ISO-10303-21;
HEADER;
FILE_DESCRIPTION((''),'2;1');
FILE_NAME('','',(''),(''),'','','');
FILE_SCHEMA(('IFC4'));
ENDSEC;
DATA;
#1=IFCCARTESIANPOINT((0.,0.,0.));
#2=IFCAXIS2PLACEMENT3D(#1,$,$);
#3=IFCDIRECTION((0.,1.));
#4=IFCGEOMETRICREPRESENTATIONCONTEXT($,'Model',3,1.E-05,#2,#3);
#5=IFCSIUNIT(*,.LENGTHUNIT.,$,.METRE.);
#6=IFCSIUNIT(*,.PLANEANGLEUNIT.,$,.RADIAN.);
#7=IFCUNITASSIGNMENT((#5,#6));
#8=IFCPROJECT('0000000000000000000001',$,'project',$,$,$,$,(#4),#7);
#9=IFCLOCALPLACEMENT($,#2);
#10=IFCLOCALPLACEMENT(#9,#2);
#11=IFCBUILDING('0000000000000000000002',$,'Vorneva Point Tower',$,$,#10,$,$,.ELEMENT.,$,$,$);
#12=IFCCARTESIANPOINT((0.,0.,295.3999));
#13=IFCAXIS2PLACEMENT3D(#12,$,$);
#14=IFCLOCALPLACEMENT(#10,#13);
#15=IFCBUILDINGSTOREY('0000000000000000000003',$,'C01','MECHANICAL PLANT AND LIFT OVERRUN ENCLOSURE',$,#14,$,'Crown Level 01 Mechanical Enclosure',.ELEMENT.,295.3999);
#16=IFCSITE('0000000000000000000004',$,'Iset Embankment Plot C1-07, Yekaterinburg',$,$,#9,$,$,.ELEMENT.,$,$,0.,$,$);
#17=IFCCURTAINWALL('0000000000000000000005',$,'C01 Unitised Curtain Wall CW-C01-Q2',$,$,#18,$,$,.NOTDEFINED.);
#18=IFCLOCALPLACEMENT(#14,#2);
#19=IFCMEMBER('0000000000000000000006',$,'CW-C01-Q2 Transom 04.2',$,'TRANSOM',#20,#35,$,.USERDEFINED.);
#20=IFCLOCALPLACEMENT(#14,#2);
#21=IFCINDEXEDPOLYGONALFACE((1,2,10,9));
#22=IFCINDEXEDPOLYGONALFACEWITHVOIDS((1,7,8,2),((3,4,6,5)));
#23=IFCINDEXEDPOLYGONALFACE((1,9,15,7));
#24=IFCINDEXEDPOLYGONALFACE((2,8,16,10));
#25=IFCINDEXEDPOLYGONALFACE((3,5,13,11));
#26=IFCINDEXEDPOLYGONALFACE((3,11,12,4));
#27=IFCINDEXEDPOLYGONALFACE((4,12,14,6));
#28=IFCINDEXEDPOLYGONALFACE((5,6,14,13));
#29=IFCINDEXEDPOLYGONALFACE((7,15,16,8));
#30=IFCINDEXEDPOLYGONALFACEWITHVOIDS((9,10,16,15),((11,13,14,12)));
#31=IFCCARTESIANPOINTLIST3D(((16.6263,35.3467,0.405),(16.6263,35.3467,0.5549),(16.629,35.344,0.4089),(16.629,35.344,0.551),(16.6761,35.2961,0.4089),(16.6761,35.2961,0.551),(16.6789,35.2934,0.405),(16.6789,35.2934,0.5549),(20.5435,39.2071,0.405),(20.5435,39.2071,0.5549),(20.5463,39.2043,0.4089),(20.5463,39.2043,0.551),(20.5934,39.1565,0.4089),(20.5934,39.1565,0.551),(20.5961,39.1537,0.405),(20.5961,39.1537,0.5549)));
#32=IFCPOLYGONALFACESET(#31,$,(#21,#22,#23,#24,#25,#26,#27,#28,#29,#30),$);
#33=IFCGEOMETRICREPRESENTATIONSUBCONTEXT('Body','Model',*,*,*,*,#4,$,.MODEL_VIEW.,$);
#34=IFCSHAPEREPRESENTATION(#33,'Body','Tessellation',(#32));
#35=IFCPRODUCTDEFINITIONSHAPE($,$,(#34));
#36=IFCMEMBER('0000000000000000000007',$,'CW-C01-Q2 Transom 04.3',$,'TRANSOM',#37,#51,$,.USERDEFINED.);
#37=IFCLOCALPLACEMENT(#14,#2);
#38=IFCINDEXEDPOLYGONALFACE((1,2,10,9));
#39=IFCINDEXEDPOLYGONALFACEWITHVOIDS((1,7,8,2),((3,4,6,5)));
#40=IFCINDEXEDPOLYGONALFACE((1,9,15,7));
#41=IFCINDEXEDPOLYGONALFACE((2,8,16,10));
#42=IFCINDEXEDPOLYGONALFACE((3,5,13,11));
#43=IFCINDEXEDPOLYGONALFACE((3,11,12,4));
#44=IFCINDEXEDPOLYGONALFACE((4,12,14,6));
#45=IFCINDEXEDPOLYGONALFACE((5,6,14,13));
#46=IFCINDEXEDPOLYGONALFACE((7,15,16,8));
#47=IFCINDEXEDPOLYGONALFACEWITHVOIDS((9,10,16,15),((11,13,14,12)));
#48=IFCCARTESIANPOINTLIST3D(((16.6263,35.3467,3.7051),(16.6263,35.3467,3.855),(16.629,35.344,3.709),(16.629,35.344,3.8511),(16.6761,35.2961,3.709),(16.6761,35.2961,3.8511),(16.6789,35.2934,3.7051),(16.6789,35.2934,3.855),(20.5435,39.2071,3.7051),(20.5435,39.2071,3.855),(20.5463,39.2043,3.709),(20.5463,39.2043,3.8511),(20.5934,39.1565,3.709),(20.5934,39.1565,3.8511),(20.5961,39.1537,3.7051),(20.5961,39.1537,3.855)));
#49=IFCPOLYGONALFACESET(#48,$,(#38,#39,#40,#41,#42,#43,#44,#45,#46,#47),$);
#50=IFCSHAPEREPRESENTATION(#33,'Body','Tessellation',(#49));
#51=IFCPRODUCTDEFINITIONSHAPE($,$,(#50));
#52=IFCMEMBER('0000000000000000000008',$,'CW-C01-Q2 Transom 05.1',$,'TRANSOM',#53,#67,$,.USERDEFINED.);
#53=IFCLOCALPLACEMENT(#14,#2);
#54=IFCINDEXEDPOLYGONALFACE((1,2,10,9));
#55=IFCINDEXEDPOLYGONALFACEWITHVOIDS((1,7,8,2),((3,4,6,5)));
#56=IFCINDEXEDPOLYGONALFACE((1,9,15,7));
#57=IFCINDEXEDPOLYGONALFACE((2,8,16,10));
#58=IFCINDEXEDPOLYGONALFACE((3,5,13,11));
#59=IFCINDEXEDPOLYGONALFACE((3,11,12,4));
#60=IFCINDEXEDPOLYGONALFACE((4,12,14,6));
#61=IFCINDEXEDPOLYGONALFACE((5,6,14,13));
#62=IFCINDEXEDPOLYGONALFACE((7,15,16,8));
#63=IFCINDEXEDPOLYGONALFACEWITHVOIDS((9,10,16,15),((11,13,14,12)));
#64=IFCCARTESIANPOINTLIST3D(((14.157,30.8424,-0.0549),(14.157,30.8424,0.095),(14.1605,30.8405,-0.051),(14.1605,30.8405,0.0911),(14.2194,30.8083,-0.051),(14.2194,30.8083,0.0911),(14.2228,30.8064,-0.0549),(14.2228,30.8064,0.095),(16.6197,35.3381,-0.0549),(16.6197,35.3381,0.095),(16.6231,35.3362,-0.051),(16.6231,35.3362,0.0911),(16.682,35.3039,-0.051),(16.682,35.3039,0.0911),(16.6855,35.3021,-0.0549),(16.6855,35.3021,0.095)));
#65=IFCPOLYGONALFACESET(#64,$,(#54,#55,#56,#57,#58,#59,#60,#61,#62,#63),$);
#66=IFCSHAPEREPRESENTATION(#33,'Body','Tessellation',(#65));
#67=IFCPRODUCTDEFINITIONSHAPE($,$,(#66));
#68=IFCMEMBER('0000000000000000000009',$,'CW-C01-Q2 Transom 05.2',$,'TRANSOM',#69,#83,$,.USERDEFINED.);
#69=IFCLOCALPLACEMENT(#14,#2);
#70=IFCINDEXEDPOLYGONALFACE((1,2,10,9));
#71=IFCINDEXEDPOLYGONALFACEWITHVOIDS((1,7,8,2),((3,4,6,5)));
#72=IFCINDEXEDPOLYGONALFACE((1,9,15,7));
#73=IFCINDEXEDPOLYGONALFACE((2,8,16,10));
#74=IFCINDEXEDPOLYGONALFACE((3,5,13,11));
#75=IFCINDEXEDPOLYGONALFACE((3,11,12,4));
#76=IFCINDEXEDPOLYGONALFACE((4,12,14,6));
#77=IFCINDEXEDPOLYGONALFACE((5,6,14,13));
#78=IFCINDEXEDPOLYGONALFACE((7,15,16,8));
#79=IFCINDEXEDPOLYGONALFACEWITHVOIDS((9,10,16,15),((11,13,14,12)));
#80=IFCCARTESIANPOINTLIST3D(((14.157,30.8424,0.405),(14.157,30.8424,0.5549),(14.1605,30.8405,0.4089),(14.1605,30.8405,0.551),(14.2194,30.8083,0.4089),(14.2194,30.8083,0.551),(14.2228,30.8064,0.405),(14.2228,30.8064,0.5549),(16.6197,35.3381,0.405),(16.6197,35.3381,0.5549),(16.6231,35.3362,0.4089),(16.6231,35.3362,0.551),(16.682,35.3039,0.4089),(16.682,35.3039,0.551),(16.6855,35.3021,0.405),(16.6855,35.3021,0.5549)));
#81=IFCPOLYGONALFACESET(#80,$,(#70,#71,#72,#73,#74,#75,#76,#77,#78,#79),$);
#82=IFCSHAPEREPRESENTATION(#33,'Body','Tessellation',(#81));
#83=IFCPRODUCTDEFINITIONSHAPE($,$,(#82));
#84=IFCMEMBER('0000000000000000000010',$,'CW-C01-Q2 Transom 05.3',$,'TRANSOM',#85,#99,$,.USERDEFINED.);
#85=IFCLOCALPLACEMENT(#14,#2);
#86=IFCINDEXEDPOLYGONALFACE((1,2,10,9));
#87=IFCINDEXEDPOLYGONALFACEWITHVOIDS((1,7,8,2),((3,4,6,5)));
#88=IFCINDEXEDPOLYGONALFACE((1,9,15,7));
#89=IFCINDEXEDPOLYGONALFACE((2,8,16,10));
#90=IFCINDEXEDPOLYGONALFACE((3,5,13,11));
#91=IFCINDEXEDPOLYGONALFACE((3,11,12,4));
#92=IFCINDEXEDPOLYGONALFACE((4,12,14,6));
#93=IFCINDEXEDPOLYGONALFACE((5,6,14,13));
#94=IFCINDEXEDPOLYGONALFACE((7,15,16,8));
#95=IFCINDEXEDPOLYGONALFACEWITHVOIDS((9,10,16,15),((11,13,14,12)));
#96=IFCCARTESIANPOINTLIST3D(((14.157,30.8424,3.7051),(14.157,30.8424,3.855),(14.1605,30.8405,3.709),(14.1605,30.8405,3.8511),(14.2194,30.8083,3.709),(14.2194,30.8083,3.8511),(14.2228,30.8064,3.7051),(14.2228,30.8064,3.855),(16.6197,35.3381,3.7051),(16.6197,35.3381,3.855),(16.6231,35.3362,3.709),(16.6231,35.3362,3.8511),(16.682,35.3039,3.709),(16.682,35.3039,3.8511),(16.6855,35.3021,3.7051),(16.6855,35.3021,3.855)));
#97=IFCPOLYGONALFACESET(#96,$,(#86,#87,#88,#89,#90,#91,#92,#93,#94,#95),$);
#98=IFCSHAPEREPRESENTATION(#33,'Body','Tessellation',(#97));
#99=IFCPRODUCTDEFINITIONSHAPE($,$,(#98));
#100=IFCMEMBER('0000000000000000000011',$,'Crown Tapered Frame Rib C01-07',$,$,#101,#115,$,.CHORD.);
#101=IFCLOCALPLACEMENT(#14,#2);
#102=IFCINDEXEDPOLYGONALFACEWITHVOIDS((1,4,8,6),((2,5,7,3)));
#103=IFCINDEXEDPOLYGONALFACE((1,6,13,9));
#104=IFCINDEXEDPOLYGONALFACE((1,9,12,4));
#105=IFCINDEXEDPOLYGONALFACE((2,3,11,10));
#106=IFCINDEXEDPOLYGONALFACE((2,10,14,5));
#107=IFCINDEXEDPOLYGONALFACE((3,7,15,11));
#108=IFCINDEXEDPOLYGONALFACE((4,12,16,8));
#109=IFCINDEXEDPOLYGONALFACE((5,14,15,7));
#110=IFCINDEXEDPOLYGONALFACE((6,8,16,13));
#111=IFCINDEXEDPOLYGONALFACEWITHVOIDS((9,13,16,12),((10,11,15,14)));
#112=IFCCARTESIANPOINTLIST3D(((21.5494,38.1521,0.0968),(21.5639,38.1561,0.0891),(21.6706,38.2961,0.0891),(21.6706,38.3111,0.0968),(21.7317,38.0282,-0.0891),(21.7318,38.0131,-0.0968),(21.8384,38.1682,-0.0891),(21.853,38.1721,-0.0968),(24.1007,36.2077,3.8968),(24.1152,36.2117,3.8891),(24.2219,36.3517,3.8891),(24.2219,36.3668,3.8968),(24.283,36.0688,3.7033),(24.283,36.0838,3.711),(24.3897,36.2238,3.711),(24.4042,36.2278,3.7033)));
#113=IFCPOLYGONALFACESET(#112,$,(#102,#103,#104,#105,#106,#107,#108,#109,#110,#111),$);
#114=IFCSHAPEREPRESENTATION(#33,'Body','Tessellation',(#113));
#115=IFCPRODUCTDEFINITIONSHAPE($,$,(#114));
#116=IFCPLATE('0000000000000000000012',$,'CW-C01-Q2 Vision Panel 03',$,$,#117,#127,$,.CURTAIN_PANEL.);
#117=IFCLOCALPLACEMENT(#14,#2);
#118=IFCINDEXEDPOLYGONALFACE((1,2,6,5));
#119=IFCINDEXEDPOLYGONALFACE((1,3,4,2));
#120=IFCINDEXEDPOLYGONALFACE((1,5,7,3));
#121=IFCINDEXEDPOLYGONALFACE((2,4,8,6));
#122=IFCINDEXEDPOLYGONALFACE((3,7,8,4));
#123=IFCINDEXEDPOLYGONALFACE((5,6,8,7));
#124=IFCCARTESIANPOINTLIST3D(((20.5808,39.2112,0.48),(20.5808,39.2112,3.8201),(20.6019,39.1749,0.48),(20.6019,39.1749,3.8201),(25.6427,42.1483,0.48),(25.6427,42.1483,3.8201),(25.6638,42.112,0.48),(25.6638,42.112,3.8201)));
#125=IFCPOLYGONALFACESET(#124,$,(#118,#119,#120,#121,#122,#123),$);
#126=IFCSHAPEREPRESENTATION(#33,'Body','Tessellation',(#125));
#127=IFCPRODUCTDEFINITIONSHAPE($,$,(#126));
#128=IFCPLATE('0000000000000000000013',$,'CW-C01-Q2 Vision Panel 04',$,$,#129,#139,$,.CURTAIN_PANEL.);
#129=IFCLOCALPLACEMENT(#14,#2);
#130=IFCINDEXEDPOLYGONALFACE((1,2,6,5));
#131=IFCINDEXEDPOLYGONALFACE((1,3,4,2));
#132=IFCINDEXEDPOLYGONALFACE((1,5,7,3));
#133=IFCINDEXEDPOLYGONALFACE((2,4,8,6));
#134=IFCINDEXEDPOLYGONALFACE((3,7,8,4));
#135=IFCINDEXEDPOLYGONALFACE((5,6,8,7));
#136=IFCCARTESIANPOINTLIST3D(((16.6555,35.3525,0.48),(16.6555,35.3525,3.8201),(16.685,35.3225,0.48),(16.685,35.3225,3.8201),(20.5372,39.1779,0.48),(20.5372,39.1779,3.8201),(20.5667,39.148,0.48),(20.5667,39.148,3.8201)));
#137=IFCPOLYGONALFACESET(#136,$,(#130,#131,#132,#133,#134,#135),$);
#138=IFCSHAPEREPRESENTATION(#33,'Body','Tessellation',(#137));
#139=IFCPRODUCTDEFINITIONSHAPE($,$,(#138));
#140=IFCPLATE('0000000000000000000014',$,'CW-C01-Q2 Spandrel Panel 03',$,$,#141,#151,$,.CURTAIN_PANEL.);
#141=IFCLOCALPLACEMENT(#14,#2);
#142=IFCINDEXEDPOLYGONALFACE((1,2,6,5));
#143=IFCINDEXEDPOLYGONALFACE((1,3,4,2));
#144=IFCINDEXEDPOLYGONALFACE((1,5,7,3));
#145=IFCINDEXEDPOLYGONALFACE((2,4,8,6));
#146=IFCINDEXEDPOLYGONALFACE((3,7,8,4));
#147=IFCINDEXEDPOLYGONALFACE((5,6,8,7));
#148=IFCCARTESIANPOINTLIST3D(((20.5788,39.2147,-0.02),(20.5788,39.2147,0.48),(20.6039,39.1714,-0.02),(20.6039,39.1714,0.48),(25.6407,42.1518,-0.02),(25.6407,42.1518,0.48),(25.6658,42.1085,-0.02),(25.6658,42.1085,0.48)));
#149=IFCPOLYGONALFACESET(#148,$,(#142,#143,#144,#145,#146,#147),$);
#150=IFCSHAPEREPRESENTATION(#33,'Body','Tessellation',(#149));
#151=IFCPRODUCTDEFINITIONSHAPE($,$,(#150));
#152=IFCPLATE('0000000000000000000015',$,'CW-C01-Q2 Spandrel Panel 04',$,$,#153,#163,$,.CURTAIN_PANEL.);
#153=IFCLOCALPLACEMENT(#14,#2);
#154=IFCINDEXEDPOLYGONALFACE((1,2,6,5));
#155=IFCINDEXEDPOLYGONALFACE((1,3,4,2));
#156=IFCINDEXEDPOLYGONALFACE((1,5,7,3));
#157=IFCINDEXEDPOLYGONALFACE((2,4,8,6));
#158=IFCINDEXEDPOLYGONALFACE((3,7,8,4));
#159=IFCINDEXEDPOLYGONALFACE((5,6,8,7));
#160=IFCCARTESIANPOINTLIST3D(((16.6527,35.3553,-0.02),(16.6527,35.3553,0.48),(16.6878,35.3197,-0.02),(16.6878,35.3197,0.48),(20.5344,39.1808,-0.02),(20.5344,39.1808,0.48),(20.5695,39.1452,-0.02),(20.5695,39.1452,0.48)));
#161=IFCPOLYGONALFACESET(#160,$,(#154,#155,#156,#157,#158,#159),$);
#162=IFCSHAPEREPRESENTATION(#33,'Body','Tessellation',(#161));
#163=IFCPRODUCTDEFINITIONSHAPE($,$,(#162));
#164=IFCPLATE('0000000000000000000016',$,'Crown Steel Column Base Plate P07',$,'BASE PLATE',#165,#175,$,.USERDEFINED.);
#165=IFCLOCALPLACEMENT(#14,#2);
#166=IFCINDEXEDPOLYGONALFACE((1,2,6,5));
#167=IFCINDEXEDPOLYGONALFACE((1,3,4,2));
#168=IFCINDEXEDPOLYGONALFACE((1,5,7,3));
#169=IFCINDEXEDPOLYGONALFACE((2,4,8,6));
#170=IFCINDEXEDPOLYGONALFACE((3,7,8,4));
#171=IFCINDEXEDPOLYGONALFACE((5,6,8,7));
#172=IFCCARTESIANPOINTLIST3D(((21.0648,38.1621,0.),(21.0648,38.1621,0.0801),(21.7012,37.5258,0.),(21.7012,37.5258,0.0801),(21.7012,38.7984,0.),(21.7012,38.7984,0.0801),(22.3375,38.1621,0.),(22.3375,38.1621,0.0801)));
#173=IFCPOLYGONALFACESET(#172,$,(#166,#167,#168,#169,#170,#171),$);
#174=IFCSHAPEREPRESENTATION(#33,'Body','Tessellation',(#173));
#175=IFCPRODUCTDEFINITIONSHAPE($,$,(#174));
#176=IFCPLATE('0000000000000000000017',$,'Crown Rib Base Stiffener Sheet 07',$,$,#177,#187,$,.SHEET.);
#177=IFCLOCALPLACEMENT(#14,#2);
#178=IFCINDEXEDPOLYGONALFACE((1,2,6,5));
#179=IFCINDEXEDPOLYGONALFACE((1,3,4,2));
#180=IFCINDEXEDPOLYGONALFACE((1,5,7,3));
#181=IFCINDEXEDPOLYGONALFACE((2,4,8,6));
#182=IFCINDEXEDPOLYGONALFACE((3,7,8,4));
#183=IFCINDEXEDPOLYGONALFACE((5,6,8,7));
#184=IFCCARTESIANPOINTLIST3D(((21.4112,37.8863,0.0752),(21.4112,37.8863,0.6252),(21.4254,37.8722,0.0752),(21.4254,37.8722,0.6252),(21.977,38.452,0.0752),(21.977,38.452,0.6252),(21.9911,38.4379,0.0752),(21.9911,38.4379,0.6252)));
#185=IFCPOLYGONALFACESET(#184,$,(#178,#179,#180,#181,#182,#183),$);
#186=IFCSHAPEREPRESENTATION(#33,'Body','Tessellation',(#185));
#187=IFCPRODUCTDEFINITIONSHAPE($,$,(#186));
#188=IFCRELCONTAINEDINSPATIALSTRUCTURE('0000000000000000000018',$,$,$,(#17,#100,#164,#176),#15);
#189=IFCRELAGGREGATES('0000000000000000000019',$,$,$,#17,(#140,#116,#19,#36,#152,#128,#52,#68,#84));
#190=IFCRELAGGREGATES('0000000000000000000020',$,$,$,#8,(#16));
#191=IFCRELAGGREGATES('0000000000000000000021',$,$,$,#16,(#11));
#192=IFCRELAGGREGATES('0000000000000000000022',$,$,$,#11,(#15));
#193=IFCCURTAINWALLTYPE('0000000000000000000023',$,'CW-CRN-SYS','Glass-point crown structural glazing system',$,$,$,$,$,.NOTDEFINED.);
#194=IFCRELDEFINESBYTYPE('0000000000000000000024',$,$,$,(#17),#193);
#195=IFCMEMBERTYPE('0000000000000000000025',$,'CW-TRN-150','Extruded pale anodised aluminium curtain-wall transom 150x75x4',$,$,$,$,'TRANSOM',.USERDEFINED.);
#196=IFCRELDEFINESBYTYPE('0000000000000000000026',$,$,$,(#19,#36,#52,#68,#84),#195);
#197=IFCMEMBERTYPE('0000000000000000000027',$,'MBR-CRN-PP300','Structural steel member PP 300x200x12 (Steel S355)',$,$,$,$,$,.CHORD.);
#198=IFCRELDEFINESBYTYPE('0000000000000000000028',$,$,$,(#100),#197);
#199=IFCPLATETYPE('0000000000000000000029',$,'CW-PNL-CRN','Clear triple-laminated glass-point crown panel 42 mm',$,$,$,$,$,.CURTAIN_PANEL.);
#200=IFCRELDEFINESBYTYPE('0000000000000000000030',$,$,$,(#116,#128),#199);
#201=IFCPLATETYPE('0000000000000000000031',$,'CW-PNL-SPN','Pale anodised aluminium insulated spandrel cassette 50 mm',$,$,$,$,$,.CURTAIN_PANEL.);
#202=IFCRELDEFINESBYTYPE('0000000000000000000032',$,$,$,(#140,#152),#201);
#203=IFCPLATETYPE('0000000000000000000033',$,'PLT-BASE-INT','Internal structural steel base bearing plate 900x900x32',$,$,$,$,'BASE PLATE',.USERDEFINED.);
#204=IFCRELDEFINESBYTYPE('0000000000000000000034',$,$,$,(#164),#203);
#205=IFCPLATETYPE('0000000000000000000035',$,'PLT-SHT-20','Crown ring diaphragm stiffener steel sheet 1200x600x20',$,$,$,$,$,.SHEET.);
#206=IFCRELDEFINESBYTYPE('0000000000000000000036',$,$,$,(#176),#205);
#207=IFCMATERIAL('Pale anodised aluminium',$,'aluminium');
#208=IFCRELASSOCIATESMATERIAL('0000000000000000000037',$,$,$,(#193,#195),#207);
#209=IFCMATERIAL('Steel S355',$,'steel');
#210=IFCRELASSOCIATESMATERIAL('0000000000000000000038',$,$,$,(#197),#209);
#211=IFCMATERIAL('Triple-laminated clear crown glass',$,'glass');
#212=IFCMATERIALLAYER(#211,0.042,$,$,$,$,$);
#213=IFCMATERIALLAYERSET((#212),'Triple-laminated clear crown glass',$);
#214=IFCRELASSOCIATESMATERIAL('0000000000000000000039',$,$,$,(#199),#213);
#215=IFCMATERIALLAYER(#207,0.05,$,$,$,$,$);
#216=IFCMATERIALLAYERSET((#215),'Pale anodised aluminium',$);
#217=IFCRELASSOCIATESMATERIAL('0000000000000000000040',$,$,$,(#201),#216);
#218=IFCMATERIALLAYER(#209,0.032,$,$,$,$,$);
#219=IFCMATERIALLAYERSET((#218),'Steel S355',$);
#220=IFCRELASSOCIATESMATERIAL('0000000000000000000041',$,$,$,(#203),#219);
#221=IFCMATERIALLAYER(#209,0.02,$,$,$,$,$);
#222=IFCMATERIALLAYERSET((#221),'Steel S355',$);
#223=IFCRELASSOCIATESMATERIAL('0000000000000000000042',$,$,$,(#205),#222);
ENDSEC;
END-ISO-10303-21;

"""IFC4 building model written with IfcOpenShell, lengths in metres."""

from ifc_helpers import new_model, si_unit, direction, frame, origin, origin_2d, place, context, subcontext, project, spatial, rectangle, hollow_rectangle, extrude, material, layer, layer_set, material_profile, profile_set, type_object, element, aggregate, save


model = new_model("IFC4")

# Units and contexts
model_context = context("Model", 3, precision=1e-05, world=origin(), true_north=direction((0.0, 1.0)))
body_context = subcontext(model_context, "Body", "Model", "MODEL_VIEW")
ifc_project = project(units=[si_unit("LENGTHUNIT", "METRE"), si_unit("PLANEANGLEUNIT", "RADIAN")], contexts=[model_context])

# Site, building, storey
site_placement = place(None, origin())
site = spatial("IfcSite", under=ifc_project, at=site_placement, Name="Iset Embankment Plot C1-07, Yekaterinburg", CompositionType="ELEMENT", RefElevation=0.0)
building_placement = place(site_placement, origin())
building = spatial("IfcBuilding", under=site, at=building_placement, Name="Vorneva Point Tower", CompositionType="ELEMENT")
storey_placement = place(building_placement, frame((0.0, 0.0, 295.3999)))
storey = spatial("IfcBuildingStorey", under=building, at=storey_placement, Name="C01", Description="MECHANICAL PLANT AND LIFT OVERRUN ENCLOSURE", LongName="Crown Level 01 Mechanical Enclosure", CompositionType="ELEMENT", Elevation=295.3999)

# Shared definitions
ifc_material_1 = material(Name="Steel S355", Category="steel")

# Curtain wall, members
ifc_material_2 = material(Name="Pale anodised aluminium", Category="aluminium")
curtain_wall_type = type_object("IfcCurtainWallType", Name="CW-CRN-SYS", Description="Glass-point crown structural glazing system", PredefinedType="NOTDEFINED", material=ifc_material_2)
curtain_wall_placement = place(storey_placement, origin())
curtain_wall = element("IfcCurtainWall", 1, at=curtain_wall_placement, inside=storey, type_object=curtain_wall_type, Name="C01 Unitised Curtain Wall CW-C01-Q2", PredefinedType="NOTDEFINED")
ifc_material_profile_1 = material_profile(ifc_material_2, hollow_rectangle(XDim=0.075, YDim=0.1499, WallThickness=0.0039, at=origin_2d()), Name="AL-TRN 150x75x4")
ifc_profile_set_1 = profile_set([ifc_material_profile_1], Name="Pale anodised aluminium")
member_type_1 = type_object("IfcMemberType", Name="CW-TRN-150", Description="Extruded pale anodised aluminium curtain-wall transom 150x75x4", ElementType="TRANSOM", PredefinedType="USERDEFINED", material=ifc_profile_set_1)
member_1_placement = place(storey_placement, frame((20.5698, 39.1804, 0.48), z_axis=(-0.712259, -0.701916, 0.0), x_axis=(0.701916, -0.712259, 0.0)))
member_1 = element("IfcMember", 2, at=member_1_placement, type_object=member_type_1, Name="CW-C01-Q2 Transom 04.2", ObjectType="TRANSOM", PredefinedType="USERDEFINED", context=body_context, shape_type="SweptSolid", body=[
    extrude(hollow_rectangle(XDim=0.075, YDim=0.1499, WallThickness=0.0039, at=origin_2d()), origin(), (0.0, 0.0, 1.0), 5.4998),
])
member_2_placement = place(storey_placement, frame((20.5698, 39.1804, 3.78), z_axis=(-0.712259, -0.701916, 0.0), x_axis=(0.701916, -0.712259, 0.0)))
member_2 = element("IfcMember", 3, at=member_2_placement, type_object=member_type_1, Name="CW-C01-Q2 Transom 04.3", ObjectType="TRANSOM", PredefinedType="USERDEFINED", context=body_context, shape_type="SweptSolid", body=[
    extrude(hollow_rectangle(XDim=0.075, YDim=0.1499, WallThickness=0.0039, at=origin_2d()), origin(), (0.0, 0.0, 1.0), 5.4998),
])
member_3_placement = place(storey_placement, frame((16.6526, 35.3201, 0.02), z_axis=(-0.48043, -0.877033, 0.0), x_axis=(0.877033, -0.48043, 0.0)))
member_3 = element("IfcMember", 4, at=member_3_placement, type_object=member_type_1, Name="CW-C01-Q2 Transom 05.1", ObjectType="TRANSOM", PredefinedType="USERDEFINED", context=body_context, shape_type="SweptSolid", body=[
    extrude(hollow_rectangle(XDim=0.075, YDim=0.1499, WallThickness=0.0039, at=origin_2d()), origin(), (0.0, 0.0, 1.0), 5.126),
])
member_4_placement = place(storey_placement, frame((16.6526, 35.3201, 0.48), z_axis=(-0.48043, -0.877033, 0.0), x_axis=(0.877033, -0.48043, 0.0)))
member_4 = element("IfcMember", 5, at=member_4_placement, type_object=member_type_1, Name="CW-C01-Q2 Transom 05.2", ObjectType="TRANSOM", PredefinedType="USERDEFINED", context=body_context, shape_type="SweptSolid", body=[
    extrude(hollow_rectangle(XDim=0.075, YDim=0.1499, WallThickness=0.0039, at=origin_2d()), origin(), (0.0, 0.0, 1.0), 5.126),
])
member_5_placement = place(storey_placement, frame((16.6526, 35.3201, 3.78), z_axis=(-0.48043, -0.877033, 0.0), x_axis=(0.877033, -0.48043, 0.0)))
member_5 = element("IfcMember", 6, at=member_5_placement, type_object=member_type_1, Name="CW-C01-Q2 Transom 05.3", ObjectType="TRANSOM", PredefinedType="USERDEFINED", context=body_context, shape_type="SweptSolid", body=[
    extrude(hollow_rectangle(XDim=0.075, YDim=0.1499, WallThickness=0.0039, at=origin_2d()), origin(), (0.0, 0.0, 1.0), 5.126),
])

# Member
ifc_material_profile_2 = material_profile(ifc_material_1, hollow_rectangle(XDim=0.2, YDim=0.3, WallThickness=0.012, at=origin_2d()), Name="PP 300x200x12")
ifc_profile_set_2 = profile_set([ifc_material_profile_2], Name="Steel S355")
member_type_2 = type_object("IfcMemberType", Name="MBR-CRN-PP300", Description="Structural steel member PP 300x200x12 (Steel S355)", PredefinedType="CHORD", material=ifc_profile_set_2)
member_6_placement = place(storey_placement, frame((21.7012, 38.1621, 0.0), z_axis=(0.513034, -0.390986, 0.764151), x_axis=(0.606144, 0.795355, 0.0)))
element("IfcMember", 7, at=member_6_placement, inside=storey, type_object=member_type_2, Name="Crown Tapered Frame Rib C01-07", PredefinedType="CHORD", context=body_context, shape_type="SweptSolid", body=[
    extrude(hollow_rectangle(XDim=0.2, YDim=0.3, WallThickness=0.012, at=origin_2d()), origin(), (0.0, 0.0, 1.0), 4.9729),
])

# Plates
ifc_material_3 = material(Name="Triple-laminated clear crown glass", Category="glass")
ifc_layer_1 = layer(ifc_material_3, 0.042)
ifc_layer_set_1 = layer_set([ifc_layer_1], Name="Triple-laminated clear crown glass")
plate_type_1 = type_object("IfcPlateType", Name="CW-PNL-CRN", Description="Clear triple-laminated glass-point crown panel 42 mm", PredefinedType="CURTAIN_PANEL", material=ifc_layer_set_1)
plate_1_placement = place(storey_placement, frame((23.1223, 40.6616, 0.48), z_axis=(0.0, 0.0, 1.0), x_axis=(-0.864941, -0.501873, 0.0)))
plate_1 = element("IfcPlate", 8, at=plate_1_placement, type_object=plate_type_1, Name="CW-C01-Q2 Vision Panel 03", PredefinedType="CURTAIN_PANEL", context=body_context, shape_type="SweptSolid", body=[
    extrude(rectangle(XDim=5.8523, YDim=0.042, at=origin_2d()), origin(), (0.0, 0.0, 1.0), 3.3401),
])
plate_2_placement = place(storey_placement, frame((18.6111, 37.2502, 0.48), z_axis=(0.0, 0.0, 1.0), x_axis=(-0.712247, -0.701929, 0.0)))
plate_2 = element("IfcPlate", 9, at=plate_2_placement, type_object=plate_type_1, Name="CW-C01-Q2 Vision Panel 04", PredefinedType="CURTAIN_PANEL", context=body_context, shape_type="SweptSolid", body=[
    extrude(rectangle(XDim=5.45, YDim=0.042, at=origin_2d()), origin(), (0.0, 0.0, 1.0), 3.3401),
])
ifc_layer_2 = layer(ifc_material_2, 0.05)
ifc_layer_set_2 = layer_set([ifc_layer_2], Name="Pale anodised aluminium")
plate_type_2 = type_object("IfcPlateType", Name="CW-PNL-SPN", Description="Pale anodised aluminium insulated spandrel cassette 50 mm", PredefinedType="CURTAIN_PANEL", material=ifc_layer_set_2)
plate_3_placement = place(storey_placement, frame((23.1223, 40.6616, -0.02), z_axis=(0.0, 0.0, 1.0), x_axis=(-0.864941, -0.501873, 0.0)))
plate_3 = element("IfcPlate", 10, at=plate_3_placement, type_object=plate_type_2, Name="CW-C01-Q2 Spandrel Panel 03", PredefinedType="CURTAIN_PANEL", context=body_context, shape_type="SweptSolid", body=[
    extrude(rectangle(XDim=5.8523, YDim=0.05, at=origin_2d()), origin(), (0.0, 0.0, 1.0), 0.5),
])
plate_4_placement = place(storey_placement, frame((18.6111, 37.2502, -0.02), z_axis=(0.0, 0.0, 1.0), x_axis=(-0.712247, -0.701929, 0.0)))
plate_4 = element("IfcPlate", 11, at=plate_4_placement, type_object=plate_type_2, Name="CW-C01-Q2 Spandrel Panel 04", PredefinedType="CURTAIN_PANEL", context=body_context, shape_type="SweptSolid", body=[
    extrude(rectangle(XDim=5.45, YDim=0.05, at=origin_2d()), origin(), (0.0, 0.0, 1.0), 0.5),
])
aggregate(curtain_wall, [plate_3, plate_1, member_1, member_2, plate_4, plate_2, member_3, member_4, member_5])

# Plates
ifc_layer_3 = layer(ifc_material_1, 0.032)
ifc_layer_set_3 = layer_set([ifc_layer_3], Name="Steel S355")
plate_type_3 = type_object("IfcPlateType", Name="PLT-BASE-INT", Description="Internal structural steel base bearing plate 900x900x32", ElementType="BASE PLATE", PredefinedType="USERDEFINED", material=ifc_layer_set_3)
plate_5_placement = place(storey_placement, frame((21.7012, 38.1621, 0.0), z_axis=(0.0, 0.0, 1.0), x_axis=(-0.707107, 0.707107, 0.0)))
element("IfcPlate", 12, at=plate_5_placement, inside=storey, type_object=plate_type_3, Name="Crown Steel Column Base Plate P07", ObjectType="BASE PLATE", PredefinedType="USERDEFINED", context=body_context, shape_type="SweptSolid", body=[
    extrude(rectangle(XDim=0.8999, YDim=0.8999, at=origin_2d()), origin(), (0.0, 0.0, 1.0), 0.0801),
])
ifc_layer_4 = layer(ifc_material_1, 0.02)
ifc_layer_set_4 = layer_set([ifc_layer_4], Name="Steel S355")
plate_type_4 = type_object("IfcPlateType", Name="PLT-SHT-20", Description="Crown ring diaphragm stiffener steel sheet 1200x600x20", PredefinedType="SHEET", material=ifc_layer_set_4)
plate_6_placement = place(storey_placement, frame((21.7012, 38.1621, 0.0752), z_axis=(0.0, 0.0, 1.0), x_axis=(-0.707107, -0.707107, 0.0)))
element("IfcPlate", 13, at=plate_6_placement, inside=storey, type_object=plate_type_4, Name="Crown Rib Base Stiffener Sheet 07", PredefinedType="SHEET", context=body_context, shape_type="SweptSolid", body=[
    extrude(rectangle(XDim=0.8, YDim=0.02, at=origin_2d()), origin(), (0.0, 0.0, 1.0), 0.55),
])

save(model, "model.ifc")
